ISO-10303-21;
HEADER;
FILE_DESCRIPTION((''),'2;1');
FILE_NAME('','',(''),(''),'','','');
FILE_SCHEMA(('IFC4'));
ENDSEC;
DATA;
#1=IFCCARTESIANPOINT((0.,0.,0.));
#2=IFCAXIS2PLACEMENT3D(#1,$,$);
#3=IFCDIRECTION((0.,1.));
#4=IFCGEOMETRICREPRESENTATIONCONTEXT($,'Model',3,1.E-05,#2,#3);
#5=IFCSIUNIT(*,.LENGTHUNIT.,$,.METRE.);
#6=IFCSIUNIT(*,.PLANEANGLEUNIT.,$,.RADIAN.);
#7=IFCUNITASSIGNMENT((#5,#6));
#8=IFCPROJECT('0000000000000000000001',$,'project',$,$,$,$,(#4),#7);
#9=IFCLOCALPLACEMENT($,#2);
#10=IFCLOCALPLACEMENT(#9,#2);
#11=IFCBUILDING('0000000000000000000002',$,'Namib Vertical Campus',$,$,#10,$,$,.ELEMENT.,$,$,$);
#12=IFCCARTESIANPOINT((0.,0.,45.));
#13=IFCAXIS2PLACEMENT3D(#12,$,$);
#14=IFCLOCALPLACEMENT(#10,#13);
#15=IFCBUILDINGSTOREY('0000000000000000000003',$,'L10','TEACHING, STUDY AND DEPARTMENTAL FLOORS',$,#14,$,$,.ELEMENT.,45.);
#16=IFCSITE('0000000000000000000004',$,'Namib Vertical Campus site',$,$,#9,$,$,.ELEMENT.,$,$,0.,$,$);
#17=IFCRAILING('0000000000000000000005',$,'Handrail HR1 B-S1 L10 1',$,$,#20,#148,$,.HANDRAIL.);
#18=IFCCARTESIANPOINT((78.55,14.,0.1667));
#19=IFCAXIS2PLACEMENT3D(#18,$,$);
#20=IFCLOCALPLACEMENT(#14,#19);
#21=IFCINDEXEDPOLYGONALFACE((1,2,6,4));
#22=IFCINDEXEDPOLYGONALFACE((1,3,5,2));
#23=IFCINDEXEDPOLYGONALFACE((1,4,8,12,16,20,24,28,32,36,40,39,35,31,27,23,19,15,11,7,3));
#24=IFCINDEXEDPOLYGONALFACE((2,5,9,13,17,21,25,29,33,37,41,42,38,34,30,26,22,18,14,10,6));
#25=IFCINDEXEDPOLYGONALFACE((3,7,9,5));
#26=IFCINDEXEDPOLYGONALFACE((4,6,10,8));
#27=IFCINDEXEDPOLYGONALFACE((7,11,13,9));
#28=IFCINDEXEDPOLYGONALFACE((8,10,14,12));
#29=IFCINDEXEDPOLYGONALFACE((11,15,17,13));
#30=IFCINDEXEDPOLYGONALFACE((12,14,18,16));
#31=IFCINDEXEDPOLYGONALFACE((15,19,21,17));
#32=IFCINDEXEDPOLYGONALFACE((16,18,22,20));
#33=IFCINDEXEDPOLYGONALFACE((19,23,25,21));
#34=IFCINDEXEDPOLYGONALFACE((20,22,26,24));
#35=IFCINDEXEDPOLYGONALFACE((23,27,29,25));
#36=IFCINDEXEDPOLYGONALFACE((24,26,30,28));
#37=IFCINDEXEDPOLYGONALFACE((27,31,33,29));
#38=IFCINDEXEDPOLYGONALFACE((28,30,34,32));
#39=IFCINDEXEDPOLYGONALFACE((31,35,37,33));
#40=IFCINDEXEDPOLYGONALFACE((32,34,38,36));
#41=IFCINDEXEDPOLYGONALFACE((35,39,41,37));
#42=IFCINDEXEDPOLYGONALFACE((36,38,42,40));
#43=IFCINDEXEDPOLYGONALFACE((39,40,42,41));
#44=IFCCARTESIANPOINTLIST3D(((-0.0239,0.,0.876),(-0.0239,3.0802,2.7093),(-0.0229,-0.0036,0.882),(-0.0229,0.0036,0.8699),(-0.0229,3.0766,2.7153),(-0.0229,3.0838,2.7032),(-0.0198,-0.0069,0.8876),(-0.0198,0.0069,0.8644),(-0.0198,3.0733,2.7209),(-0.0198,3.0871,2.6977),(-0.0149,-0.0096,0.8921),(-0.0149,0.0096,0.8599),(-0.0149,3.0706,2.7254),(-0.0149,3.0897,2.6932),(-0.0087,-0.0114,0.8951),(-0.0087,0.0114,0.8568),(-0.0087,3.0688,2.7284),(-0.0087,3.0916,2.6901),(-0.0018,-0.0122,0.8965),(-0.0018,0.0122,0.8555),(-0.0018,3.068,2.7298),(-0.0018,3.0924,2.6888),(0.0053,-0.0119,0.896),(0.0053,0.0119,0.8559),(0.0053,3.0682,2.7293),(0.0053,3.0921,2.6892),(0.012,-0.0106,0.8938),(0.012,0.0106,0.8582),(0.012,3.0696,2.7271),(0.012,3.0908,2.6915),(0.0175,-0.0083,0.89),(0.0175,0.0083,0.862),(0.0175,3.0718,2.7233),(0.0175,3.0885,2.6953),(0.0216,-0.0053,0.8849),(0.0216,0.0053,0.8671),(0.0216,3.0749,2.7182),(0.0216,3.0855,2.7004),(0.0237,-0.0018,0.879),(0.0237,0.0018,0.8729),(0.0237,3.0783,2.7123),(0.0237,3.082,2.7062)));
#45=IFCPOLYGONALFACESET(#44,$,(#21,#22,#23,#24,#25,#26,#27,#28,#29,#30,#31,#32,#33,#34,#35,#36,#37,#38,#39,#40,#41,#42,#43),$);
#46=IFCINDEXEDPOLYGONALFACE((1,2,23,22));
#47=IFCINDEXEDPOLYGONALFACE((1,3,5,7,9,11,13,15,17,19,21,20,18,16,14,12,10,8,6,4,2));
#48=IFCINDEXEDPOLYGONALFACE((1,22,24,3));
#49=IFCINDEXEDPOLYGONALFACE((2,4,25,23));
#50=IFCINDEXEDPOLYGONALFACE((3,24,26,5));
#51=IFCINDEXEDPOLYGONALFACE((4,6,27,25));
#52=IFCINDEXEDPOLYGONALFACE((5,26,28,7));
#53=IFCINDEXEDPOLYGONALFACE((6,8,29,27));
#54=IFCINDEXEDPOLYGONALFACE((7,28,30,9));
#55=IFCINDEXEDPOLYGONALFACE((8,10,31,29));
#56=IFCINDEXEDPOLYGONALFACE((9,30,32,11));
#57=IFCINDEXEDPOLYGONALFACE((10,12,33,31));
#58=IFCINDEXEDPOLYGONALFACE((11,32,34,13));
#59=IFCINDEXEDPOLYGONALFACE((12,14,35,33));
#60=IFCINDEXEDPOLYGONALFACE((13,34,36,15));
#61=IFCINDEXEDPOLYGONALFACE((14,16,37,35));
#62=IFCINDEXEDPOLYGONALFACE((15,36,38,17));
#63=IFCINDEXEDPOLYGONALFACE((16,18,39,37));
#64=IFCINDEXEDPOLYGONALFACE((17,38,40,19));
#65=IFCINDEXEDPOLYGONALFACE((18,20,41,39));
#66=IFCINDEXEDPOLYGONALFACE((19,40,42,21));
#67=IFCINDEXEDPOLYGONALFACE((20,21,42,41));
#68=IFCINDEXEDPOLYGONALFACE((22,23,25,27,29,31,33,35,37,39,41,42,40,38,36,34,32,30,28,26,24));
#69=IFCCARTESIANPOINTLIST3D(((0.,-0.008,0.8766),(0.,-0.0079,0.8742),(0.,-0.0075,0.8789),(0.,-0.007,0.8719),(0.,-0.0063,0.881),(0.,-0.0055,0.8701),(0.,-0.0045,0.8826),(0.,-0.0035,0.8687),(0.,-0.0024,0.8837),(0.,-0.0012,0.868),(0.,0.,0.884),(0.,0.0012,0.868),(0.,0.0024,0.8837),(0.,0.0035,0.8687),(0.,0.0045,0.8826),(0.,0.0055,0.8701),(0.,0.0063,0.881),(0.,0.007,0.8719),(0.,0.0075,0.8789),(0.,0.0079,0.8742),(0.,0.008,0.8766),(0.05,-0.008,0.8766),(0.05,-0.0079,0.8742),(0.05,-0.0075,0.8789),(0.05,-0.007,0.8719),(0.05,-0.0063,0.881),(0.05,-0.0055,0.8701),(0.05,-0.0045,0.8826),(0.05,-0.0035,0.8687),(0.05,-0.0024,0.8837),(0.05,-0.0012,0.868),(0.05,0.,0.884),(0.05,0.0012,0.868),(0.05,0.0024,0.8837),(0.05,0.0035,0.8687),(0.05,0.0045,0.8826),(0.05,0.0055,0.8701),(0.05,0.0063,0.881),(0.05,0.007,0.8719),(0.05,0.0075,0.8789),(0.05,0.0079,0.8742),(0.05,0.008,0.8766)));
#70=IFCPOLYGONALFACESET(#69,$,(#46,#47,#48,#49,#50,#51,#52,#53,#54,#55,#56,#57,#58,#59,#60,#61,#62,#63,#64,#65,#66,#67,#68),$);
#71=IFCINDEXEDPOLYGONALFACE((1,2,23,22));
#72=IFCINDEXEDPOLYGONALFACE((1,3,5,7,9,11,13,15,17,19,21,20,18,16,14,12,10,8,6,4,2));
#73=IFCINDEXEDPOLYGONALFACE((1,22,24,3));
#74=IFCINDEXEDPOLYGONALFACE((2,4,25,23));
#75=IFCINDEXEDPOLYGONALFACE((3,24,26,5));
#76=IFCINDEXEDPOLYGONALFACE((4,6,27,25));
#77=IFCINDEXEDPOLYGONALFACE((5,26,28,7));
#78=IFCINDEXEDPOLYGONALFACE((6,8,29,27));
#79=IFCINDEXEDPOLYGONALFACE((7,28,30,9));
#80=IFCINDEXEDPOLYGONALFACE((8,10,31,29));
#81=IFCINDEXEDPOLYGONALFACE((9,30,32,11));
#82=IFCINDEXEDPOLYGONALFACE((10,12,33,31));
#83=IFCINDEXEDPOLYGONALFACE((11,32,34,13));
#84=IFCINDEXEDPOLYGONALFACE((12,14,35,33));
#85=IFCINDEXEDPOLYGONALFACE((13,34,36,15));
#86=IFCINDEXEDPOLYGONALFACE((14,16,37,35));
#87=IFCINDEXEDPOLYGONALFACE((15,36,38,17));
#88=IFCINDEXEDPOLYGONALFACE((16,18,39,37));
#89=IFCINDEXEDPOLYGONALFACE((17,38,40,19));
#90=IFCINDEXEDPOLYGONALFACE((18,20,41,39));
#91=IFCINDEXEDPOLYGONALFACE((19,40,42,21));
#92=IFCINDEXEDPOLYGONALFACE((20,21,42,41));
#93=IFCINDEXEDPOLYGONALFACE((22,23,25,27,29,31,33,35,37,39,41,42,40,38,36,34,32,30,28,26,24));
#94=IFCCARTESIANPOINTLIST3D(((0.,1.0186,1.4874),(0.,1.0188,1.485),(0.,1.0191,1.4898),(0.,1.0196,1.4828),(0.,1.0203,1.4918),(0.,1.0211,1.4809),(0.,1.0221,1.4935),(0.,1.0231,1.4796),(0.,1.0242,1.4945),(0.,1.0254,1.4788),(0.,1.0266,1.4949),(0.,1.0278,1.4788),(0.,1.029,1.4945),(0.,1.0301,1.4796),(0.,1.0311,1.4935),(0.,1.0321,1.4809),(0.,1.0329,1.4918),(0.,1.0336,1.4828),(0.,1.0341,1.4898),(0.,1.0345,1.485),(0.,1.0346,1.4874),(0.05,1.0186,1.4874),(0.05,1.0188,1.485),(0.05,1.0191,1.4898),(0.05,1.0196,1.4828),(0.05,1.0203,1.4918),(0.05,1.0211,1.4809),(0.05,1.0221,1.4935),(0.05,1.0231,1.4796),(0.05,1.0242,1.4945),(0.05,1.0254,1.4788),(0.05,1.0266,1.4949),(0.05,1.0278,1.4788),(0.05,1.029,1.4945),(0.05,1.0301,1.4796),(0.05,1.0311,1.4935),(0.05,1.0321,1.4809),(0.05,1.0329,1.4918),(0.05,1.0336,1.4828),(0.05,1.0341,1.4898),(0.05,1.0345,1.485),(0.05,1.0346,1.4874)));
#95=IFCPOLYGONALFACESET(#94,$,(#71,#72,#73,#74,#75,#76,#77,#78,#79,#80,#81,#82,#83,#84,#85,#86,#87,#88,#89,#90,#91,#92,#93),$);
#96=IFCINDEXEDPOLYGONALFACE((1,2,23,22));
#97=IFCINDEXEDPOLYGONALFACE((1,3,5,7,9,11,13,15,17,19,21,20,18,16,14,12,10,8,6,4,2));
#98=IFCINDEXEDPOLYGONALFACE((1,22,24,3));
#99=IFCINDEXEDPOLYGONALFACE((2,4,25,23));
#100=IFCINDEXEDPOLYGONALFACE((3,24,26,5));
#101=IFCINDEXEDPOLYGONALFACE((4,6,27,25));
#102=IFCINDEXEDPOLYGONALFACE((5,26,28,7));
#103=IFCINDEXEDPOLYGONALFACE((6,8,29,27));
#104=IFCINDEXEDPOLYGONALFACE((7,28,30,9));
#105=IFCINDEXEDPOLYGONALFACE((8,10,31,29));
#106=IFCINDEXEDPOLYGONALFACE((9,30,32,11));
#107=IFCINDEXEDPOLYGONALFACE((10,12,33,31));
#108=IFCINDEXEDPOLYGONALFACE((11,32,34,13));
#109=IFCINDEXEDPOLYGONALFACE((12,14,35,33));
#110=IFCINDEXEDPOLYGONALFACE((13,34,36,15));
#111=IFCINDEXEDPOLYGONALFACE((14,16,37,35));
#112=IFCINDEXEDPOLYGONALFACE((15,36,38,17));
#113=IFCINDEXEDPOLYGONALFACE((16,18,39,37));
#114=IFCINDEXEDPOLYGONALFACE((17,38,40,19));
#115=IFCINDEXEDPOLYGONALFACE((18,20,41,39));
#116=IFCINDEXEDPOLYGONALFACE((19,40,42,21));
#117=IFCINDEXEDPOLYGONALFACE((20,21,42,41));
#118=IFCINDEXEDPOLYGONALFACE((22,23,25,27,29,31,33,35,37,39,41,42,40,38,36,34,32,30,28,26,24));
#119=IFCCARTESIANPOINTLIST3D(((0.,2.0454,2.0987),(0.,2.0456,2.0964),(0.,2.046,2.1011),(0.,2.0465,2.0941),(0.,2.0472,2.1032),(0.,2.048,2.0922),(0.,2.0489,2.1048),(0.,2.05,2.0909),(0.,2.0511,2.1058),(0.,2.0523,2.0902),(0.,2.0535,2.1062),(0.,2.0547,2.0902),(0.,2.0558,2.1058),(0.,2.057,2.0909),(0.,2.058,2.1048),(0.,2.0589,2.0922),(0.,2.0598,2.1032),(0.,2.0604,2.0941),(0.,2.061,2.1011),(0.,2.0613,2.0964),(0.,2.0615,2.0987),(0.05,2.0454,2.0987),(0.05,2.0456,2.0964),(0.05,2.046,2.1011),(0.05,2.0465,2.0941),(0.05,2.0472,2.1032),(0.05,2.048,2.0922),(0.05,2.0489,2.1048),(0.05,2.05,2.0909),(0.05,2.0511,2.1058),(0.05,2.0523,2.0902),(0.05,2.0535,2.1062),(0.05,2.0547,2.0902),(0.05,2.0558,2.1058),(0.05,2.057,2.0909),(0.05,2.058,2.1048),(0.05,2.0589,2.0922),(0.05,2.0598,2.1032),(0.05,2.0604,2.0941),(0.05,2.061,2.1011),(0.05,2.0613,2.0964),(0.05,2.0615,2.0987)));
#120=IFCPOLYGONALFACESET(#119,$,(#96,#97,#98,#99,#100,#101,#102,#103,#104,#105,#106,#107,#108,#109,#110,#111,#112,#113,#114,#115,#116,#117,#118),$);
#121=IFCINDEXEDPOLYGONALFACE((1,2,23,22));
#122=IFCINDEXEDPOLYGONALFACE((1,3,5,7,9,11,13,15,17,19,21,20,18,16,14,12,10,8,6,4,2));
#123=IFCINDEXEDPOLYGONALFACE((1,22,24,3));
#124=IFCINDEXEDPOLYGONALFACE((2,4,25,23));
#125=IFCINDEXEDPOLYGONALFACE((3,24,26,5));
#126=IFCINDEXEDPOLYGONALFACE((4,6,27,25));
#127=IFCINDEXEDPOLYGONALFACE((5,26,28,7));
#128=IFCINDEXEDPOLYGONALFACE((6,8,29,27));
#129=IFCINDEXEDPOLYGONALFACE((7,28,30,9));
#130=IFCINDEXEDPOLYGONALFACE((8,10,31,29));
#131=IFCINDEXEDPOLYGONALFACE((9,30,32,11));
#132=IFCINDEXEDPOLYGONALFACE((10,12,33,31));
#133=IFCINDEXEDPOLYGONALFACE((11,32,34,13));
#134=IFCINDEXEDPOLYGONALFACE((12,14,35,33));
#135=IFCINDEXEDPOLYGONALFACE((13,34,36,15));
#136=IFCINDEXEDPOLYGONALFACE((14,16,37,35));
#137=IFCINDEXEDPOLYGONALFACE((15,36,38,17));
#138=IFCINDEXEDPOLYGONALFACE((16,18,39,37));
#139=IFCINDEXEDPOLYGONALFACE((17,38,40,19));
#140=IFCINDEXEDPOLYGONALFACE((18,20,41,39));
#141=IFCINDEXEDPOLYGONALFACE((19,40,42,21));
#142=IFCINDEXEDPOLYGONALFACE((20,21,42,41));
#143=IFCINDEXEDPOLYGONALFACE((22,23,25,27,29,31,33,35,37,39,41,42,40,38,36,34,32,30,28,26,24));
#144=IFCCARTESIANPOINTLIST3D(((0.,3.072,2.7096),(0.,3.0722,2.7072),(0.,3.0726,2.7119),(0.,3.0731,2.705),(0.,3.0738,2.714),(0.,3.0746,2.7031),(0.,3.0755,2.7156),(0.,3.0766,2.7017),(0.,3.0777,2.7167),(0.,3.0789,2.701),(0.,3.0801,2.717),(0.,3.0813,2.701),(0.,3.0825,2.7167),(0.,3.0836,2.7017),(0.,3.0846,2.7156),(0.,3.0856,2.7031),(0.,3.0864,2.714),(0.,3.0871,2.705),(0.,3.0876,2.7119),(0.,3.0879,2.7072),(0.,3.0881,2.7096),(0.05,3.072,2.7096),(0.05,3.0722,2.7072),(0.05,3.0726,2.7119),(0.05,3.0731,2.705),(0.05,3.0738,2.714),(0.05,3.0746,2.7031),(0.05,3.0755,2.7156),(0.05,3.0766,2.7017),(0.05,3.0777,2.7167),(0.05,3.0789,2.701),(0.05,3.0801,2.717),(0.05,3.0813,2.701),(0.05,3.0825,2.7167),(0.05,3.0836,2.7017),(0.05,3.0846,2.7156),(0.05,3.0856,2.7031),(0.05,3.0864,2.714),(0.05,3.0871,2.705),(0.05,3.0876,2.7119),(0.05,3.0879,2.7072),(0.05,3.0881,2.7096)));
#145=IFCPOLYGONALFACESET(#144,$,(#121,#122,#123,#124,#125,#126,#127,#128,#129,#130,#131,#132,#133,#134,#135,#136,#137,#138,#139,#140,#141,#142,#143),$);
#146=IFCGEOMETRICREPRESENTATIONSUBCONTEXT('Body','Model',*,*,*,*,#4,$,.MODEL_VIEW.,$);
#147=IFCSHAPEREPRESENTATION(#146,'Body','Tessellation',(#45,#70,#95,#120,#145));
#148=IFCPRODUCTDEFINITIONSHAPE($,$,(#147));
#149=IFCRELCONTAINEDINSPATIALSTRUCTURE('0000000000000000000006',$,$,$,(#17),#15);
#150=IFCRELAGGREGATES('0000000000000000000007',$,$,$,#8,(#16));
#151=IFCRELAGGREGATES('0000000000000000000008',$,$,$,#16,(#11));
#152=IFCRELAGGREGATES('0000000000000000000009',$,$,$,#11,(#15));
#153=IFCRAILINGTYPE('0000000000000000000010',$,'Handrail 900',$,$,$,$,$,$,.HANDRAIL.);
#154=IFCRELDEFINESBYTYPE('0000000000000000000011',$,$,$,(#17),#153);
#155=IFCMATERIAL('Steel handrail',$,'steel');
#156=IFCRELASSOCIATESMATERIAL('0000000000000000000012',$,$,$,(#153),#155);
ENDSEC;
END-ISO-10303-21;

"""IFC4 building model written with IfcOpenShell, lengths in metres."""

from ifc_helpers import new_model, si_unit, direction, frame, origin, origin_2d, place, context, subcontext, project, spatial, circle, extrude, material, type_object, element, save


model = new_model("IFC4")

# Units and contexts
model_context = context("Model", 3, precision=1e-05, world=origin(), true_north=direction((0.0, 1.0)))
body_context = subcontext(model_context, "Body", "Model", "MODEL_VIEW")
ifc_project = project(units=[si_unit("LENGTHUNIT", "METRE"), si_unit("PLANEANGLEUNIT", "RADIAN")], contexts=[model_context])

# Site, building, storey
site_placement = place(None, origin())
site = spatial("IfcSite", under=ifc_project, at=site_placement, Name="Namib Vertical Campus site", CompositionType="ELEMENT", RefElevation=0.0)
building_placement = place(site_placement, origin())
building = spatial("IfcBuilding", under=site, at=building_placement, Name="Namib Vertical Campus", CompositionType="ELEMENT")
storey_placement = place(building_placement, frame((0.0, 0.0, 45.0)))
storey = spatial("IfcBuildingStorey", under=building, at=storey_placement, Name="L10", Description="TEACHING, STUDY AND DEPARTMENTAL FLOORS", CompositionType="ELEMENT", Elevation=45.0)

# Railing
ifc_material_1 = material(Name="Steel handrail", Category="steel")
railing_type_1 = type_object("IfcRailingType", Name="Handrail 900", PredefinedType="HANDRAIL", material=ifc_material_1)
railing_1_placement = place(storey_placement, frame((78.55, 14.0, 0.1667)))
element("IfcRailing", 1, at=railing_1_placement, inside=storey, type_object=railing_type_1, Name="Handrail HR1 B-S1 L10 1", PredefinedType="HANDRAIL", context=body_context, shape_type="SweptSolid", body=[
    extrude(circle(Radius=0.0239, at=origin_2d()), frame((0.0, 0.0, 0.876), z_axis=(0.0, 0.859309, 0.511458), x_axis=(-1.0, 0.0, 0.0)), (0.0, 0.0, 1.0), 3.5845),
    extrude(circle(Radius=0.0081, at=origin_2d()), frame((0.0, 0.0, 0.876), z_axis=(1.0, 0.0, 0.0), x_axis=(0.0, 0.0, 1.0)), (0.0, 0.0, 1.0), 0.05),
    extrude(circle(Radius=0.0081, at=origin_2d()), frame((0.0, 1.0266, 1.4868), z_axis=(1.0, 0.0, 0.0), x_axis=(0.0, 0.0, 1.0)), (0.0, 0.0, 1.0), 0.05),
    extrude(circle(Radius=0.0081, at=origin_2d()), frame((0.0, 2.0535, 2.0981), z_axis=(1.0, 0.0, 0.0), x_axis=(0.0, 0.0, 1.0)), (0.0, 0.0, 1.0), 0.05),
    extrude(circle(Radius=0.0081, at=origin_2d()), frame((0.0, 3.0801, 2.709), z_axis=(1.0, 0.0, 0.0), x_axis=(0.0, 0.0, 1.0)), (0.0, 0.0, 1.0), 0.05),
])

save(model, "model.ifc")
